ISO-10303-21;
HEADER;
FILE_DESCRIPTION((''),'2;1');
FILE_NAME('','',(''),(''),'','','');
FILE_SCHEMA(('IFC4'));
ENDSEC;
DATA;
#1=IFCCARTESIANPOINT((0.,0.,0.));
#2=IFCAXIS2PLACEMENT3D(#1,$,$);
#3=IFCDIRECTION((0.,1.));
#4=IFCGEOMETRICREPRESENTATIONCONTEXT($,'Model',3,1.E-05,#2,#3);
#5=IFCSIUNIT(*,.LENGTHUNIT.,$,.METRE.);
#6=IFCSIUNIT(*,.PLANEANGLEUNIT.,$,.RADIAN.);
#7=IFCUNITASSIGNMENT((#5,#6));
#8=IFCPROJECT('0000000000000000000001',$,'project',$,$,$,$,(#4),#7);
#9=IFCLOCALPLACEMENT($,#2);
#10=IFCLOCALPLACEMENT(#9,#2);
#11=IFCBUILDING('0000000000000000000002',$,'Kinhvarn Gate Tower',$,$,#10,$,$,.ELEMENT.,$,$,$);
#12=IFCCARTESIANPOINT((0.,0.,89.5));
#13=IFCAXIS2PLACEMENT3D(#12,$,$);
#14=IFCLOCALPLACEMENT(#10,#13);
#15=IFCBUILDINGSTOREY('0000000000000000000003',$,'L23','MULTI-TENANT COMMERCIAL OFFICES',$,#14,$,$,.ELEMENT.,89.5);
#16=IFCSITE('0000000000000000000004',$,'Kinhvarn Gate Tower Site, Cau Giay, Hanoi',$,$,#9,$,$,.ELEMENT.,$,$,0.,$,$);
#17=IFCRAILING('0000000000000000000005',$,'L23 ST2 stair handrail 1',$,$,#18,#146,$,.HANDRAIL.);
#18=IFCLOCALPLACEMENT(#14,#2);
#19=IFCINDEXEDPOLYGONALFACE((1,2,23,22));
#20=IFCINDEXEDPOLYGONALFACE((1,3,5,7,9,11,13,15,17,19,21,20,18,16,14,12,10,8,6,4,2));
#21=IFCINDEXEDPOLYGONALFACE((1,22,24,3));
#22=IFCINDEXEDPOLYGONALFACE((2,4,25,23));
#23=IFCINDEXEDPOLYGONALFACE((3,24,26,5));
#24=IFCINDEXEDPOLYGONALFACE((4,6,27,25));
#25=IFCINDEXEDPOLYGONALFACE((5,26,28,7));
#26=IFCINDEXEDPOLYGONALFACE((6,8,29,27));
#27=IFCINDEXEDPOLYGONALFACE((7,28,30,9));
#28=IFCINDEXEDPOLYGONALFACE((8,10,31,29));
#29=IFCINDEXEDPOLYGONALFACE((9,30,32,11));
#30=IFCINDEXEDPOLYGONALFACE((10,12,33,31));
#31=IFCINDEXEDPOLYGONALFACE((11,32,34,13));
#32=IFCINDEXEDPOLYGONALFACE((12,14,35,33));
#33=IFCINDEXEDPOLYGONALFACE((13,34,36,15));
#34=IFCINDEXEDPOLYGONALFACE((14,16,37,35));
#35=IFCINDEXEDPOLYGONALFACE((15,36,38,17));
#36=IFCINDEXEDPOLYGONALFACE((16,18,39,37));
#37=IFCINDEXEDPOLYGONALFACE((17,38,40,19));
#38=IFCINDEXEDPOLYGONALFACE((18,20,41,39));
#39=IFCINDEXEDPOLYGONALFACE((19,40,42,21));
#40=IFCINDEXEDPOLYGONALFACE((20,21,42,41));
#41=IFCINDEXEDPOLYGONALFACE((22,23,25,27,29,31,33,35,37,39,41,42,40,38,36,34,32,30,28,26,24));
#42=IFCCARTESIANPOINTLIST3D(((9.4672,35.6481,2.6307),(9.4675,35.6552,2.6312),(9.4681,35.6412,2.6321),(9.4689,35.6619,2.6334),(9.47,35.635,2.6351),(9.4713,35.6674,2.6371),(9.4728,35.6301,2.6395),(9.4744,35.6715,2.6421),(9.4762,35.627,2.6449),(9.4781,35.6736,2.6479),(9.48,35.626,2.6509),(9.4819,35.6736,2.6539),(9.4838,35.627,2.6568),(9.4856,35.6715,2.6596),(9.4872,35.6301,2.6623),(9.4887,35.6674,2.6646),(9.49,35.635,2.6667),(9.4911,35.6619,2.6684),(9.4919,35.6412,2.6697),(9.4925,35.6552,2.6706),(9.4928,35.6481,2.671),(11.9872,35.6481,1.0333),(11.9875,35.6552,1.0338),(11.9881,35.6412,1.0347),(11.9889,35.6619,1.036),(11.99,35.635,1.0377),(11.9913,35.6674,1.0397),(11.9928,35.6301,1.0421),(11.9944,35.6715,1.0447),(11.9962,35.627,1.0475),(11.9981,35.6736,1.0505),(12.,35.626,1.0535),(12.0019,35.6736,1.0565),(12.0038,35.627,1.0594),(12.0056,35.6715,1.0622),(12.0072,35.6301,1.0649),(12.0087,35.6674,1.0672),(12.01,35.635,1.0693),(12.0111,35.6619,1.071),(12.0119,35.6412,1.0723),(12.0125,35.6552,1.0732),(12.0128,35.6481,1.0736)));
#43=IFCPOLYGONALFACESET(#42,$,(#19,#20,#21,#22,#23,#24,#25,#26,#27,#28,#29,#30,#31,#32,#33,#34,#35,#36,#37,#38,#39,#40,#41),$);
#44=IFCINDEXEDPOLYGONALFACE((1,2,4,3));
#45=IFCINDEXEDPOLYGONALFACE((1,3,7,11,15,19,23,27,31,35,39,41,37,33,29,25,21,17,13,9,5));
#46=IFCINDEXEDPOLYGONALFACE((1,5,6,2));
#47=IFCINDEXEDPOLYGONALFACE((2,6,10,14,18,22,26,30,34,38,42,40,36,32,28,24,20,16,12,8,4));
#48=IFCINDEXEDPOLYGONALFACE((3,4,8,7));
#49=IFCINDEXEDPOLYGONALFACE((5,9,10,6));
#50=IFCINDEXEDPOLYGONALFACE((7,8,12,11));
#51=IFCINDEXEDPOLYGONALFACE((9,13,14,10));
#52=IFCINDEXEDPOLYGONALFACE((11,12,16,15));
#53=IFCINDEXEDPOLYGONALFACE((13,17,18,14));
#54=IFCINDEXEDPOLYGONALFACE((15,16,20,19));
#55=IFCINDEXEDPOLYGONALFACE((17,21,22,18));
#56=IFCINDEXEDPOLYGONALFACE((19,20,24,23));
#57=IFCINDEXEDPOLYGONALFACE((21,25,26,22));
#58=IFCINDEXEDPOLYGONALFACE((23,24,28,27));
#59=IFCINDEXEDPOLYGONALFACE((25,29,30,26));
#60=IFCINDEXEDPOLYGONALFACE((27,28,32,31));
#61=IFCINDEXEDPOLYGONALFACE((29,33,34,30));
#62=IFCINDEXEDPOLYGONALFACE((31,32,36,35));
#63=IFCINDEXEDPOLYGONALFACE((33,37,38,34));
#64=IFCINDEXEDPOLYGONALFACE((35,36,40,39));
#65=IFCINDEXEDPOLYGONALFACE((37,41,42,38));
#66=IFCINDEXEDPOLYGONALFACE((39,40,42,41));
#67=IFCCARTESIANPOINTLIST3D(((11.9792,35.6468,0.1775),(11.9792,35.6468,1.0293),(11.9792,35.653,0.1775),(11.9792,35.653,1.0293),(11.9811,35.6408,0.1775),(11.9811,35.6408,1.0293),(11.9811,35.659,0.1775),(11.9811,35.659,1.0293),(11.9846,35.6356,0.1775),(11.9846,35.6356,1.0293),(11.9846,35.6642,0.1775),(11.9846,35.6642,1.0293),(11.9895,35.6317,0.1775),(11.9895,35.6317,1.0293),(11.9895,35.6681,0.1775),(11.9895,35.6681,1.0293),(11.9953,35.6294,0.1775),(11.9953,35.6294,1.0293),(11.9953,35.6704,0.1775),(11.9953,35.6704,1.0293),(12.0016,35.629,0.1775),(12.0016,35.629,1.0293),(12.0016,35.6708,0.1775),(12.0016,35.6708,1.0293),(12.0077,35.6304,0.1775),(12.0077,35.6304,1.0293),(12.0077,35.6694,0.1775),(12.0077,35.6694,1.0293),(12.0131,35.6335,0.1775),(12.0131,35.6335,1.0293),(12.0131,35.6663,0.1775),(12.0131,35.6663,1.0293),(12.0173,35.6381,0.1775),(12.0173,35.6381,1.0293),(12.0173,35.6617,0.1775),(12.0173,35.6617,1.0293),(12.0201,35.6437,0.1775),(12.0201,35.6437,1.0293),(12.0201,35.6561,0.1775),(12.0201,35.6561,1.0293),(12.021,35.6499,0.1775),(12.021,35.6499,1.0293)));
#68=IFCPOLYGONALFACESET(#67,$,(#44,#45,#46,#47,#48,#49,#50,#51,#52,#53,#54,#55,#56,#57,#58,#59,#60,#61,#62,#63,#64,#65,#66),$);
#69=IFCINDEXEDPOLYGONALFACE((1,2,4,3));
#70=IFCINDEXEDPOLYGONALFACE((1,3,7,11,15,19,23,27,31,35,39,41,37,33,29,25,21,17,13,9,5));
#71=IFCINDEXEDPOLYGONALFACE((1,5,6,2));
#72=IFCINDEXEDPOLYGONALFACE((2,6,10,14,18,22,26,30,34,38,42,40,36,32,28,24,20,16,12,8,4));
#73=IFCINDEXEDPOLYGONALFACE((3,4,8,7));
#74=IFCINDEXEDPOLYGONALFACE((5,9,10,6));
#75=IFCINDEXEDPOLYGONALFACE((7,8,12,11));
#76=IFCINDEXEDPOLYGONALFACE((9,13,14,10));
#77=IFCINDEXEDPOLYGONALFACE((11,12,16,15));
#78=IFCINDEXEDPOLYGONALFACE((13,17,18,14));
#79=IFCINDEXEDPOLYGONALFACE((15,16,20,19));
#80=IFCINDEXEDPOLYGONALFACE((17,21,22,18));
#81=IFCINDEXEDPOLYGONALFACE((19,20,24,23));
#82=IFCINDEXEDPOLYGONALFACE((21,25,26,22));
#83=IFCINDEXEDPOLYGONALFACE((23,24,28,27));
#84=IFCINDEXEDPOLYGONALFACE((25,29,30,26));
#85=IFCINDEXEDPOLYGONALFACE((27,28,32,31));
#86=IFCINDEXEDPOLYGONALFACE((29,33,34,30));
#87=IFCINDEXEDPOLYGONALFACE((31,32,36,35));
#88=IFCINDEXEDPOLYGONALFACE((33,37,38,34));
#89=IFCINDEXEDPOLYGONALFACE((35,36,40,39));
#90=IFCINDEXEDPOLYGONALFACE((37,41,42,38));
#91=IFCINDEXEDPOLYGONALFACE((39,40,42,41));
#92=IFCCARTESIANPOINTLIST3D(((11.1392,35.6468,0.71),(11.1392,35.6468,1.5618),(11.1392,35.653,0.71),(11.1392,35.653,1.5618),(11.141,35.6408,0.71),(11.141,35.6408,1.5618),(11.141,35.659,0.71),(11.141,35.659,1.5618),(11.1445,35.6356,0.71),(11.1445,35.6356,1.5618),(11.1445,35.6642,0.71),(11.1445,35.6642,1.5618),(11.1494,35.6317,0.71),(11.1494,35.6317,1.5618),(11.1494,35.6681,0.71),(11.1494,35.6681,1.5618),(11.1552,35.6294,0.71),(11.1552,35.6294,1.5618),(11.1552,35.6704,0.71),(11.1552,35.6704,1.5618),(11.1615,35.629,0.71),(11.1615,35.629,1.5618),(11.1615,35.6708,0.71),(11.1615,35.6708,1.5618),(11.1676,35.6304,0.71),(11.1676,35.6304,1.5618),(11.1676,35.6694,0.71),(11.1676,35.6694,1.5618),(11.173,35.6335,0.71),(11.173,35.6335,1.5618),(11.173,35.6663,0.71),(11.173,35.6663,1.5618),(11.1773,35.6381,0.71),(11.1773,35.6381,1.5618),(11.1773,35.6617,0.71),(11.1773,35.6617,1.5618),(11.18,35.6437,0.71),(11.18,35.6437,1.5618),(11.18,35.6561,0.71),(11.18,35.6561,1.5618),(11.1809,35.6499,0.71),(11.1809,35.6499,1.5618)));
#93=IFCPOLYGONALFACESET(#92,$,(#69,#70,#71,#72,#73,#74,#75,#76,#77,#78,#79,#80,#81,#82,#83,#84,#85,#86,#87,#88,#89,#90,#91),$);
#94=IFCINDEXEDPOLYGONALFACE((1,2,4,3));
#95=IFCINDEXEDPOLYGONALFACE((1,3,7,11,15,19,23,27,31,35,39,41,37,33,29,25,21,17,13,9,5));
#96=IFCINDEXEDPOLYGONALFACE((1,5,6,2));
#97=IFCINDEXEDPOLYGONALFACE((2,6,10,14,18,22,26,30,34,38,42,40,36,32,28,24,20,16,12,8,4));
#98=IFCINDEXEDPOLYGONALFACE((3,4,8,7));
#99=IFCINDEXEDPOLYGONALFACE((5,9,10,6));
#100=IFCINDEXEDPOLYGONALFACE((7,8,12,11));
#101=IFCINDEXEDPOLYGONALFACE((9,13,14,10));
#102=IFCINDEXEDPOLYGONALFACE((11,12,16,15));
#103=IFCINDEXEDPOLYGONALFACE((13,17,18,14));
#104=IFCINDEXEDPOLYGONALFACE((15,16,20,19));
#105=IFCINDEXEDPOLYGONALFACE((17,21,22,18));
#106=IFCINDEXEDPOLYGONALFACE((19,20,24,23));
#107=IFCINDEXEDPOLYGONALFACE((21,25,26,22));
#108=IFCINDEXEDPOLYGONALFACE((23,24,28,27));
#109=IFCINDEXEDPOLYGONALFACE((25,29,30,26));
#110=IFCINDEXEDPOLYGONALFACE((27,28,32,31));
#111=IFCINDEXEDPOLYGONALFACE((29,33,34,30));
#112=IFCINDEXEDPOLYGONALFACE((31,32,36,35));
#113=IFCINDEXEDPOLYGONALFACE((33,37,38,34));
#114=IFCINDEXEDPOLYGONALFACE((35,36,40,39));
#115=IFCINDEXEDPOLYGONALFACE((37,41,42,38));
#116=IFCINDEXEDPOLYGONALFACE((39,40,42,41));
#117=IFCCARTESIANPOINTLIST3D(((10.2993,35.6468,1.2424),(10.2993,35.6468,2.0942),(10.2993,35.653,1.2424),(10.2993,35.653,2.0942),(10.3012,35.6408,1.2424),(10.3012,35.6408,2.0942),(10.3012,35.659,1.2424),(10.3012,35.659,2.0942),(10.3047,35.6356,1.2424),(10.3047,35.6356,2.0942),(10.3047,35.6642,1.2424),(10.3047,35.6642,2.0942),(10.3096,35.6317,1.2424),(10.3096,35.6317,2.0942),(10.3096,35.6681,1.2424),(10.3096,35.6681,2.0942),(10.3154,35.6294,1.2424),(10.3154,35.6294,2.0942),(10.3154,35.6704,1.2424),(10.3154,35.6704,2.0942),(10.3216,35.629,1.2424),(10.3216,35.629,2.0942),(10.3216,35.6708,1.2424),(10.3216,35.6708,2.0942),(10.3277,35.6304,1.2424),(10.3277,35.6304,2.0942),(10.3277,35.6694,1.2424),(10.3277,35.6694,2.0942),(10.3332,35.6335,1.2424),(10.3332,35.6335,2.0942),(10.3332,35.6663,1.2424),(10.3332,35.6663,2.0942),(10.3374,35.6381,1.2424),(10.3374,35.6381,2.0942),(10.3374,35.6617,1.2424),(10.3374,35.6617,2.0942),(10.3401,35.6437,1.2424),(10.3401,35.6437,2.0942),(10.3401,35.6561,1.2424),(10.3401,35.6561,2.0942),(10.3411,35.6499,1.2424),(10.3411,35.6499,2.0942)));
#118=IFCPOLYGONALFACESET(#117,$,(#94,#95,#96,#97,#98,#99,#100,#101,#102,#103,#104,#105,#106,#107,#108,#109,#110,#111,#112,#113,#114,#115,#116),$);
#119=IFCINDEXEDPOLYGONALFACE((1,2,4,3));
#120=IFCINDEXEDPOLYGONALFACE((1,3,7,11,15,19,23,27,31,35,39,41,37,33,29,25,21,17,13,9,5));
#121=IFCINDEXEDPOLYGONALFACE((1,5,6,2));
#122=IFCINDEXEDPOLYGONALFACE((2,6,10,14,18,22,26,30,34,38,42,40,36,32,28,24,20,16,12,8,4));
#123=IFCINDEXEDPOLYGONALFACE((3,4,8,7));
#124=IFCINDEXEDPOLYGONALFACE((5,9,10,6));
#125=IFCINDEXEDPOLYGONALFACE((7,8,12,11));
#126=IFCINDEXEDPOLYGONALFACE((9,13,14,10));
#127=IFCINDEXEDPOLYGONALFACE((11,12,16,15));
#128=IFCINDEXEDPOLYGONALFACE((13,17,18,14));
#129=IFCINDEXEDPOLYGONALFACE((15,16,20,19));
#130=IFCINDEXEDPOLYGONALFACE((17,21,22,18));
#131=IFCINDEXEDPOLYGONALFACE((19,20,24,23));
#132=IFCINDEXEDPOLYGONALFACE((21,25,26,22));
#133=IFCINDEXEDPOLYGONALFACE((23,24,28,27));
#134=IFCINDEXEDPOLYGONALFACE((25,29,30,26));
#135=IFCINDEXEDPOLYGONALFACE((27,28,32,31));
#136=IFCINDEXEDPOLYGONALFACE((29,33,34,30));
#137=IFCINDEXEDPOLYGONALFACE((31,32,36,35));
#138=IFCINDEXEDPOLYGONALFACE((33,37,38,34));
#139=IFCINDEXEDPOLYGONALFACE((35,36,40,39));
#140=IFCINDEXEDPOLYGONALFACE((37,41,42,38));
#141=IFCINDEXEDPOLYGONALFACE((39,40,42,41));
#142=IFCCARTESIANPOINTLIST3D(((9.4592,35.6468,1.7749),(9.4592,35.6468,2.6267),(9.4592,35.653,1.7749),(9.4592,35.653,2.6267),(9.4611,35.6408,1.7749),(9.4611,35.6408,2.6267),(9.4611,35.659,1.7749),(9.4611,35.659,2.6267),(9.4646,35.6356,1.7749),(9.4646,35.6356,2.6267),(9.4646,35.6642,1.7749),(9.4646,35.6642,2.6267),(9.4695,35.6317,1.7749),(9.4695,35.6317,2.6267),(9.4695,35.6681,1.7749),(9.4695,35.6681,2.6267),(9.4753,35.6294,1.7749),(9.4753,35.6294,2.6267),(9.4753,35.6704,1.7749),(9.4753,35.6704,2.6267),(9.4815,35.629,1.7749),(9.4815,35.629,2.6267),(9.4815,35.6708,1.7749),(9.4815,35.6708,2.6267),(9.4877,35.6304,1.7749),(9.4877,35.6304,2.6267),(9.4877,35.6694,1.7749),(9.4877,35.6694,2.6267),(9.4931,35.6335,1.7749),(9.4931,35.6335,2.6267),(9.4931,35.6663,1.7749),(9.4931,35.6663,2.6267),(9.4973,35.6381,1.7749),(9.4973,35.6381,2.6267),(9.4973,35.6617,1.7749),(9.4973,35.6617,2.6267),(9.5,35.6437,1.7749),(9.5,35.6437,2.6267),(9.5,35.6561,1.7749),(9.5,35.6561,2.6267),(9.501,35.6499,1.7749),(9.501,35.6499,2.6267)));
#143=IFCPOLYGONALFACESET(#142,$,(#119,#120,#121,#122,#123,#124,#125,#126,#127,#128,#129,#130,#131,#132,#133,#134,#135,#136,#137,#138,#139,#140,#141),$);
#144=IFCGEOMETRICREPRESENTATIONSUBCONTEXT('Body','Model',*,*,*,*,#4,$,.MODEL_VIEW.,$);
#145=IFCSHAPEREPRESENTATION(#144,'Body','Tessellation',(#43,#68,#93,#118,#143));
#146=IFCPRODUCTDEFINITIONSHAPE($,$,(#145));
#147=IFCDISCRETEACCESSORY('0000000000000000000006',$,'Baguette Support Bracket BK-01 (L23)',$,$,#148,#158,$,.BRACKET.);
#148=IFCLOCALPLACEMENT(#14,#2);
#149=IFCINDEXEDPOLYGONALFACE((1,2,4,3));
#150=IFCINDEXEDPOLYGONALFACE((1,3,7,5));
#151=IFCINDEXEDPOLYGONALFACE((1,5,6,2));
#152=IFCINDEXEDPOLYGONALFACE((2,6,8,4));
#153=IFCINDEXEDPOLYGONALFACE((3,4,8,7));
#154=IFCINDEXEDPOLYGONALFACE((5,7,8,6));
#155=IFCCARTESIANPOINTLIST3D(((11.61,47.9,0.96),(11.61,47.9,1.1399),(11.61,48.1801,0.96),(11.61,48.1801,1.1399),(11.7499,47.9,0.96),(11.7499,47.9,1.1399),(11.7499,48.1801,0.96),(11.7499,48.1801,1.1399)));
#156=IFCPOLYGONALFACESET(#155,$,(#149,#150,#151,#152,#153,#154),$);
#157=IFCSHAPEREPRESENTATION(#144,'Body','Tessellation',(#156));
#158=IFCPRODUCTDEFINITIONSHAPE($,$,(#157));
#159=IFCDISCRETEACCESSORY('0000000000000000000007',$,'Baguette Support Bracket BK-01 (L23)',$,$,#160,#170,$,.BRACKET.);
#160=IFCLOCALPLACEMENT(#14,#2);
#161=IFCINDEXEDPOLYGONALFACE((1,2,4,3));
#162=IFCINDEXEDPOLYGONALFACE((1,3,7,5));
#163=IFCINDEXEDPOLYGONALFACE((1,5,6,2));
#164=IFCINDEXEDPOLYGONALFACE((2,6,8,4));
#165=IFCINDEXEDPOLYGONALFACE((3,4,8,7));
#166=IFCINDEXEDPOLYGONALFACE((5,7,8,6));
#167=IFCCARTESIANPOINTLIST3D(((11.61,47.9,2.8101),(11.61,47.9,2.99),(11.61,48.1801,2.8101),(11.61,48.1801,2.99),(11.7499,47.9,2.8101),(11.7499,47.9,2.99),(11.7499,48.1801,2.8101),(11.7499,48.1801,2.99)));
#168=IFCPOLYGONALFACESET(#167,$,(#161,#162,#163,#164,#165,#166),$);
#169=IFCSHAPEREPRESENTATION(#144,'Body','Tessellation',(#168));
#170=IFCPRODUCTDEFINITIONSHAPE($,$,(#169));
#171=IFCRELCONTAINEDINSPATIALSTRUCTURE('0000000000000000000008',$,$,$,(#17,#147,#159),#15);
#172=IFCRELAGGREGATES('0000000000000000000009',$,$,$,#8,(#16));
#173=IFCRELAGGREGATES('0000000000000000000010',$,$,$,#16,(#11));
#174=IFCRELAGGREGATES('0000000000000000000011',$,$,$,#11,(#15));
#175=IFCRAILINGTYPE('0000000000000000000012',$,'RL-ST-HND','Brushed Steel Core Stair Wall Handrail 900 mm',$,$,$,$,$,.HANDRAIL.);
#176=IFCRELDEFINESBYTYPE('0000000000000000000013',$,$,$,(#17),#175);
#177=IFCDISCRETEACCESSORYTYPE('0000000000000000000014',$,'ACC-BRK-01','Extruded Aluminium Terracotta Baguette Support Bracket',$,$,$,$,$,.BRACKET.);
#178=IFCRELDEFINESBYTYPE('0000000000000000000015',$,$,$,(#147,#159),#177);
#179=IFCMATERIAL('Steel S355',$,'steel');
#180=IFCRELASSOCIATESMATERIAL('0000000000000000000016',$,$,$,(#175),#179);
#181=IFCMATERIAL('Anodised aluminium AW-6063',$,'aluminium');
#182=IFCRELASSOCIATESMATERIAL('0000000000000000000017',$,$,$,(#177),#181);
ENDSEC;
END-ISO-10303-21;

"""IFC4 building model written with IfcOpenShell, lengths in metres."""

from ifc_helpers import new_model, si_unit, direction, frame, origin, origin_2d, place, context, subcontext, project, spatial, rectangle, circle, extrude, material, type_object, element, save


model = new_model("IFC4")

# Units and contexts
model_context = context("Model", 3, precision=1e-05, world=origin(), true_north=direction((0.0, 1.0)))
body_context = subcontext(model_context, "Body", "Model", "MODEL_VIEW")
ifc_project = project(units=[si_unit("LENGTHUNIT", "METRE"), si_unit("PLANEANGLEUNIT", "RADIAN")], contexts=[model_context])

# Site, building, storey
site_placement = place(None, origin())
site = spatial("IfcSite", under=ifc_project, at=site_placement, Name="Kinhvarn Gate Tower Site, Cau Giay, Hanoi", CompositionType="ELEMENT", RefElevation=0.0)
building_placement = place(site_placement, origin())
building = spatial("IfcBuilding", under=site, at=building_placement, Name="Kinhvarn Gate Tower", CompositionType="ELEMENT")
storey_placement = place(building_placement, frame((0.0, 0.0, 89.5)))
storey = spatial("IfcBuildingStorey", under=building, at=storey_placement, Name="L23", Description="MULTI-TENANT COMMERCIAL OFFICES", CompositionType="ELEMENT", Elevation=89.5)

# Shared definitions
ifc_material_1 = material(Name="Anodised aluminium AW-6063", Category="aluminium")

# Shared definitions
ifc_material_2 = material(Name="Steel S355", Category="steel")

# Railing
railing_type_1 = type_object("IfcRailingType", Name="RL-ST-HND", Description="Brushed Steel Core Stair Wall Handrail 900 mm", PredefinedType="HANDRAIL", material=ifc_material_2)
railing_1_placement = place(storey_placement, frame((12.0, 35.6499, 0.1775)))
element("IfcRailing", 1, at=railing_1_placement, inside=storey, type_object=railing_type_1, Name="L23 ST2 stair handrail 1", PredefinedType="HANDRAIL", context=body_context, shape_type="SweptSolid", body=[
    extrude(circle(Radius=0.0239, at=origin_2d()), frame((0.0, 0.0, 0.876), z_axis=(-0.844607, 0.0, 0.535387), x_axis=(0.0, -1.0, 0.0)), (0.0, 0.0, 1.0), 2.9836),
    extrude(circle(Radius=0.021, at=origin_2d()), origin(), (0.0, 0.0, 1.0), 0.8518),
    extrude(circle(Radius=0.021, at=origin_2d()), frame((-0.8401, 0.0, 0.5325)), (0.0, 0.0, 1.0), 0.8518),
    extrude(circle(Radius=0.021, at=origin_2d()), frame((-1.6799, 0.0, 1.0649)), (0.0, 0.0, 1.0), 0.8518),
    extrude(circle(Radius=0.021, at=origin_2d()), frame((-2.52, 0.0, 1.5974)), (0.0, 0.0, 1.0), 0.8518),
])

# Discrete accessories
discrete_accessory_type = type_object("IfcDiscreteAccessoryType", Name="ACC-BRK-01", Description="Extruded Aluminium Terracotta Baguette Support Bracket", PredefinedType="BRACKET", material=ifc_material_1)
for number, where, z_axis, x_axis, name in (
    (2, (11.6799, 48.04, 0.96), (0.0, 0.0, 1.0), (-1.0, 0.0, 0.0), "Baguette Support Bracket BK-01 (L23)"),
    (3, (11.6799, 48.04, 2.8101), (0.0, 0.0, 1.0), (-1.0, 0.0, 0.0), "Baguette Support Bracket BK-01 (L23)"),
):
    element("IfcDiscreteAccessory", number, at=place(storey_placement, frame(where, z_axis=z_axis, x_axis=x_axis)), inside=storey, type_object=discrete_accessory_type, Name=name, PredefinedType="BRACKET", context=body_context, shape_type="SweptSolid", body=[
        extrude(rectangle(XDim=0.1399, YDim=0.28, at=origin_2d()), origin(), (0.0, 0.0, 1.0), 0.1799),
    ])

save(model, "model.ifc")
